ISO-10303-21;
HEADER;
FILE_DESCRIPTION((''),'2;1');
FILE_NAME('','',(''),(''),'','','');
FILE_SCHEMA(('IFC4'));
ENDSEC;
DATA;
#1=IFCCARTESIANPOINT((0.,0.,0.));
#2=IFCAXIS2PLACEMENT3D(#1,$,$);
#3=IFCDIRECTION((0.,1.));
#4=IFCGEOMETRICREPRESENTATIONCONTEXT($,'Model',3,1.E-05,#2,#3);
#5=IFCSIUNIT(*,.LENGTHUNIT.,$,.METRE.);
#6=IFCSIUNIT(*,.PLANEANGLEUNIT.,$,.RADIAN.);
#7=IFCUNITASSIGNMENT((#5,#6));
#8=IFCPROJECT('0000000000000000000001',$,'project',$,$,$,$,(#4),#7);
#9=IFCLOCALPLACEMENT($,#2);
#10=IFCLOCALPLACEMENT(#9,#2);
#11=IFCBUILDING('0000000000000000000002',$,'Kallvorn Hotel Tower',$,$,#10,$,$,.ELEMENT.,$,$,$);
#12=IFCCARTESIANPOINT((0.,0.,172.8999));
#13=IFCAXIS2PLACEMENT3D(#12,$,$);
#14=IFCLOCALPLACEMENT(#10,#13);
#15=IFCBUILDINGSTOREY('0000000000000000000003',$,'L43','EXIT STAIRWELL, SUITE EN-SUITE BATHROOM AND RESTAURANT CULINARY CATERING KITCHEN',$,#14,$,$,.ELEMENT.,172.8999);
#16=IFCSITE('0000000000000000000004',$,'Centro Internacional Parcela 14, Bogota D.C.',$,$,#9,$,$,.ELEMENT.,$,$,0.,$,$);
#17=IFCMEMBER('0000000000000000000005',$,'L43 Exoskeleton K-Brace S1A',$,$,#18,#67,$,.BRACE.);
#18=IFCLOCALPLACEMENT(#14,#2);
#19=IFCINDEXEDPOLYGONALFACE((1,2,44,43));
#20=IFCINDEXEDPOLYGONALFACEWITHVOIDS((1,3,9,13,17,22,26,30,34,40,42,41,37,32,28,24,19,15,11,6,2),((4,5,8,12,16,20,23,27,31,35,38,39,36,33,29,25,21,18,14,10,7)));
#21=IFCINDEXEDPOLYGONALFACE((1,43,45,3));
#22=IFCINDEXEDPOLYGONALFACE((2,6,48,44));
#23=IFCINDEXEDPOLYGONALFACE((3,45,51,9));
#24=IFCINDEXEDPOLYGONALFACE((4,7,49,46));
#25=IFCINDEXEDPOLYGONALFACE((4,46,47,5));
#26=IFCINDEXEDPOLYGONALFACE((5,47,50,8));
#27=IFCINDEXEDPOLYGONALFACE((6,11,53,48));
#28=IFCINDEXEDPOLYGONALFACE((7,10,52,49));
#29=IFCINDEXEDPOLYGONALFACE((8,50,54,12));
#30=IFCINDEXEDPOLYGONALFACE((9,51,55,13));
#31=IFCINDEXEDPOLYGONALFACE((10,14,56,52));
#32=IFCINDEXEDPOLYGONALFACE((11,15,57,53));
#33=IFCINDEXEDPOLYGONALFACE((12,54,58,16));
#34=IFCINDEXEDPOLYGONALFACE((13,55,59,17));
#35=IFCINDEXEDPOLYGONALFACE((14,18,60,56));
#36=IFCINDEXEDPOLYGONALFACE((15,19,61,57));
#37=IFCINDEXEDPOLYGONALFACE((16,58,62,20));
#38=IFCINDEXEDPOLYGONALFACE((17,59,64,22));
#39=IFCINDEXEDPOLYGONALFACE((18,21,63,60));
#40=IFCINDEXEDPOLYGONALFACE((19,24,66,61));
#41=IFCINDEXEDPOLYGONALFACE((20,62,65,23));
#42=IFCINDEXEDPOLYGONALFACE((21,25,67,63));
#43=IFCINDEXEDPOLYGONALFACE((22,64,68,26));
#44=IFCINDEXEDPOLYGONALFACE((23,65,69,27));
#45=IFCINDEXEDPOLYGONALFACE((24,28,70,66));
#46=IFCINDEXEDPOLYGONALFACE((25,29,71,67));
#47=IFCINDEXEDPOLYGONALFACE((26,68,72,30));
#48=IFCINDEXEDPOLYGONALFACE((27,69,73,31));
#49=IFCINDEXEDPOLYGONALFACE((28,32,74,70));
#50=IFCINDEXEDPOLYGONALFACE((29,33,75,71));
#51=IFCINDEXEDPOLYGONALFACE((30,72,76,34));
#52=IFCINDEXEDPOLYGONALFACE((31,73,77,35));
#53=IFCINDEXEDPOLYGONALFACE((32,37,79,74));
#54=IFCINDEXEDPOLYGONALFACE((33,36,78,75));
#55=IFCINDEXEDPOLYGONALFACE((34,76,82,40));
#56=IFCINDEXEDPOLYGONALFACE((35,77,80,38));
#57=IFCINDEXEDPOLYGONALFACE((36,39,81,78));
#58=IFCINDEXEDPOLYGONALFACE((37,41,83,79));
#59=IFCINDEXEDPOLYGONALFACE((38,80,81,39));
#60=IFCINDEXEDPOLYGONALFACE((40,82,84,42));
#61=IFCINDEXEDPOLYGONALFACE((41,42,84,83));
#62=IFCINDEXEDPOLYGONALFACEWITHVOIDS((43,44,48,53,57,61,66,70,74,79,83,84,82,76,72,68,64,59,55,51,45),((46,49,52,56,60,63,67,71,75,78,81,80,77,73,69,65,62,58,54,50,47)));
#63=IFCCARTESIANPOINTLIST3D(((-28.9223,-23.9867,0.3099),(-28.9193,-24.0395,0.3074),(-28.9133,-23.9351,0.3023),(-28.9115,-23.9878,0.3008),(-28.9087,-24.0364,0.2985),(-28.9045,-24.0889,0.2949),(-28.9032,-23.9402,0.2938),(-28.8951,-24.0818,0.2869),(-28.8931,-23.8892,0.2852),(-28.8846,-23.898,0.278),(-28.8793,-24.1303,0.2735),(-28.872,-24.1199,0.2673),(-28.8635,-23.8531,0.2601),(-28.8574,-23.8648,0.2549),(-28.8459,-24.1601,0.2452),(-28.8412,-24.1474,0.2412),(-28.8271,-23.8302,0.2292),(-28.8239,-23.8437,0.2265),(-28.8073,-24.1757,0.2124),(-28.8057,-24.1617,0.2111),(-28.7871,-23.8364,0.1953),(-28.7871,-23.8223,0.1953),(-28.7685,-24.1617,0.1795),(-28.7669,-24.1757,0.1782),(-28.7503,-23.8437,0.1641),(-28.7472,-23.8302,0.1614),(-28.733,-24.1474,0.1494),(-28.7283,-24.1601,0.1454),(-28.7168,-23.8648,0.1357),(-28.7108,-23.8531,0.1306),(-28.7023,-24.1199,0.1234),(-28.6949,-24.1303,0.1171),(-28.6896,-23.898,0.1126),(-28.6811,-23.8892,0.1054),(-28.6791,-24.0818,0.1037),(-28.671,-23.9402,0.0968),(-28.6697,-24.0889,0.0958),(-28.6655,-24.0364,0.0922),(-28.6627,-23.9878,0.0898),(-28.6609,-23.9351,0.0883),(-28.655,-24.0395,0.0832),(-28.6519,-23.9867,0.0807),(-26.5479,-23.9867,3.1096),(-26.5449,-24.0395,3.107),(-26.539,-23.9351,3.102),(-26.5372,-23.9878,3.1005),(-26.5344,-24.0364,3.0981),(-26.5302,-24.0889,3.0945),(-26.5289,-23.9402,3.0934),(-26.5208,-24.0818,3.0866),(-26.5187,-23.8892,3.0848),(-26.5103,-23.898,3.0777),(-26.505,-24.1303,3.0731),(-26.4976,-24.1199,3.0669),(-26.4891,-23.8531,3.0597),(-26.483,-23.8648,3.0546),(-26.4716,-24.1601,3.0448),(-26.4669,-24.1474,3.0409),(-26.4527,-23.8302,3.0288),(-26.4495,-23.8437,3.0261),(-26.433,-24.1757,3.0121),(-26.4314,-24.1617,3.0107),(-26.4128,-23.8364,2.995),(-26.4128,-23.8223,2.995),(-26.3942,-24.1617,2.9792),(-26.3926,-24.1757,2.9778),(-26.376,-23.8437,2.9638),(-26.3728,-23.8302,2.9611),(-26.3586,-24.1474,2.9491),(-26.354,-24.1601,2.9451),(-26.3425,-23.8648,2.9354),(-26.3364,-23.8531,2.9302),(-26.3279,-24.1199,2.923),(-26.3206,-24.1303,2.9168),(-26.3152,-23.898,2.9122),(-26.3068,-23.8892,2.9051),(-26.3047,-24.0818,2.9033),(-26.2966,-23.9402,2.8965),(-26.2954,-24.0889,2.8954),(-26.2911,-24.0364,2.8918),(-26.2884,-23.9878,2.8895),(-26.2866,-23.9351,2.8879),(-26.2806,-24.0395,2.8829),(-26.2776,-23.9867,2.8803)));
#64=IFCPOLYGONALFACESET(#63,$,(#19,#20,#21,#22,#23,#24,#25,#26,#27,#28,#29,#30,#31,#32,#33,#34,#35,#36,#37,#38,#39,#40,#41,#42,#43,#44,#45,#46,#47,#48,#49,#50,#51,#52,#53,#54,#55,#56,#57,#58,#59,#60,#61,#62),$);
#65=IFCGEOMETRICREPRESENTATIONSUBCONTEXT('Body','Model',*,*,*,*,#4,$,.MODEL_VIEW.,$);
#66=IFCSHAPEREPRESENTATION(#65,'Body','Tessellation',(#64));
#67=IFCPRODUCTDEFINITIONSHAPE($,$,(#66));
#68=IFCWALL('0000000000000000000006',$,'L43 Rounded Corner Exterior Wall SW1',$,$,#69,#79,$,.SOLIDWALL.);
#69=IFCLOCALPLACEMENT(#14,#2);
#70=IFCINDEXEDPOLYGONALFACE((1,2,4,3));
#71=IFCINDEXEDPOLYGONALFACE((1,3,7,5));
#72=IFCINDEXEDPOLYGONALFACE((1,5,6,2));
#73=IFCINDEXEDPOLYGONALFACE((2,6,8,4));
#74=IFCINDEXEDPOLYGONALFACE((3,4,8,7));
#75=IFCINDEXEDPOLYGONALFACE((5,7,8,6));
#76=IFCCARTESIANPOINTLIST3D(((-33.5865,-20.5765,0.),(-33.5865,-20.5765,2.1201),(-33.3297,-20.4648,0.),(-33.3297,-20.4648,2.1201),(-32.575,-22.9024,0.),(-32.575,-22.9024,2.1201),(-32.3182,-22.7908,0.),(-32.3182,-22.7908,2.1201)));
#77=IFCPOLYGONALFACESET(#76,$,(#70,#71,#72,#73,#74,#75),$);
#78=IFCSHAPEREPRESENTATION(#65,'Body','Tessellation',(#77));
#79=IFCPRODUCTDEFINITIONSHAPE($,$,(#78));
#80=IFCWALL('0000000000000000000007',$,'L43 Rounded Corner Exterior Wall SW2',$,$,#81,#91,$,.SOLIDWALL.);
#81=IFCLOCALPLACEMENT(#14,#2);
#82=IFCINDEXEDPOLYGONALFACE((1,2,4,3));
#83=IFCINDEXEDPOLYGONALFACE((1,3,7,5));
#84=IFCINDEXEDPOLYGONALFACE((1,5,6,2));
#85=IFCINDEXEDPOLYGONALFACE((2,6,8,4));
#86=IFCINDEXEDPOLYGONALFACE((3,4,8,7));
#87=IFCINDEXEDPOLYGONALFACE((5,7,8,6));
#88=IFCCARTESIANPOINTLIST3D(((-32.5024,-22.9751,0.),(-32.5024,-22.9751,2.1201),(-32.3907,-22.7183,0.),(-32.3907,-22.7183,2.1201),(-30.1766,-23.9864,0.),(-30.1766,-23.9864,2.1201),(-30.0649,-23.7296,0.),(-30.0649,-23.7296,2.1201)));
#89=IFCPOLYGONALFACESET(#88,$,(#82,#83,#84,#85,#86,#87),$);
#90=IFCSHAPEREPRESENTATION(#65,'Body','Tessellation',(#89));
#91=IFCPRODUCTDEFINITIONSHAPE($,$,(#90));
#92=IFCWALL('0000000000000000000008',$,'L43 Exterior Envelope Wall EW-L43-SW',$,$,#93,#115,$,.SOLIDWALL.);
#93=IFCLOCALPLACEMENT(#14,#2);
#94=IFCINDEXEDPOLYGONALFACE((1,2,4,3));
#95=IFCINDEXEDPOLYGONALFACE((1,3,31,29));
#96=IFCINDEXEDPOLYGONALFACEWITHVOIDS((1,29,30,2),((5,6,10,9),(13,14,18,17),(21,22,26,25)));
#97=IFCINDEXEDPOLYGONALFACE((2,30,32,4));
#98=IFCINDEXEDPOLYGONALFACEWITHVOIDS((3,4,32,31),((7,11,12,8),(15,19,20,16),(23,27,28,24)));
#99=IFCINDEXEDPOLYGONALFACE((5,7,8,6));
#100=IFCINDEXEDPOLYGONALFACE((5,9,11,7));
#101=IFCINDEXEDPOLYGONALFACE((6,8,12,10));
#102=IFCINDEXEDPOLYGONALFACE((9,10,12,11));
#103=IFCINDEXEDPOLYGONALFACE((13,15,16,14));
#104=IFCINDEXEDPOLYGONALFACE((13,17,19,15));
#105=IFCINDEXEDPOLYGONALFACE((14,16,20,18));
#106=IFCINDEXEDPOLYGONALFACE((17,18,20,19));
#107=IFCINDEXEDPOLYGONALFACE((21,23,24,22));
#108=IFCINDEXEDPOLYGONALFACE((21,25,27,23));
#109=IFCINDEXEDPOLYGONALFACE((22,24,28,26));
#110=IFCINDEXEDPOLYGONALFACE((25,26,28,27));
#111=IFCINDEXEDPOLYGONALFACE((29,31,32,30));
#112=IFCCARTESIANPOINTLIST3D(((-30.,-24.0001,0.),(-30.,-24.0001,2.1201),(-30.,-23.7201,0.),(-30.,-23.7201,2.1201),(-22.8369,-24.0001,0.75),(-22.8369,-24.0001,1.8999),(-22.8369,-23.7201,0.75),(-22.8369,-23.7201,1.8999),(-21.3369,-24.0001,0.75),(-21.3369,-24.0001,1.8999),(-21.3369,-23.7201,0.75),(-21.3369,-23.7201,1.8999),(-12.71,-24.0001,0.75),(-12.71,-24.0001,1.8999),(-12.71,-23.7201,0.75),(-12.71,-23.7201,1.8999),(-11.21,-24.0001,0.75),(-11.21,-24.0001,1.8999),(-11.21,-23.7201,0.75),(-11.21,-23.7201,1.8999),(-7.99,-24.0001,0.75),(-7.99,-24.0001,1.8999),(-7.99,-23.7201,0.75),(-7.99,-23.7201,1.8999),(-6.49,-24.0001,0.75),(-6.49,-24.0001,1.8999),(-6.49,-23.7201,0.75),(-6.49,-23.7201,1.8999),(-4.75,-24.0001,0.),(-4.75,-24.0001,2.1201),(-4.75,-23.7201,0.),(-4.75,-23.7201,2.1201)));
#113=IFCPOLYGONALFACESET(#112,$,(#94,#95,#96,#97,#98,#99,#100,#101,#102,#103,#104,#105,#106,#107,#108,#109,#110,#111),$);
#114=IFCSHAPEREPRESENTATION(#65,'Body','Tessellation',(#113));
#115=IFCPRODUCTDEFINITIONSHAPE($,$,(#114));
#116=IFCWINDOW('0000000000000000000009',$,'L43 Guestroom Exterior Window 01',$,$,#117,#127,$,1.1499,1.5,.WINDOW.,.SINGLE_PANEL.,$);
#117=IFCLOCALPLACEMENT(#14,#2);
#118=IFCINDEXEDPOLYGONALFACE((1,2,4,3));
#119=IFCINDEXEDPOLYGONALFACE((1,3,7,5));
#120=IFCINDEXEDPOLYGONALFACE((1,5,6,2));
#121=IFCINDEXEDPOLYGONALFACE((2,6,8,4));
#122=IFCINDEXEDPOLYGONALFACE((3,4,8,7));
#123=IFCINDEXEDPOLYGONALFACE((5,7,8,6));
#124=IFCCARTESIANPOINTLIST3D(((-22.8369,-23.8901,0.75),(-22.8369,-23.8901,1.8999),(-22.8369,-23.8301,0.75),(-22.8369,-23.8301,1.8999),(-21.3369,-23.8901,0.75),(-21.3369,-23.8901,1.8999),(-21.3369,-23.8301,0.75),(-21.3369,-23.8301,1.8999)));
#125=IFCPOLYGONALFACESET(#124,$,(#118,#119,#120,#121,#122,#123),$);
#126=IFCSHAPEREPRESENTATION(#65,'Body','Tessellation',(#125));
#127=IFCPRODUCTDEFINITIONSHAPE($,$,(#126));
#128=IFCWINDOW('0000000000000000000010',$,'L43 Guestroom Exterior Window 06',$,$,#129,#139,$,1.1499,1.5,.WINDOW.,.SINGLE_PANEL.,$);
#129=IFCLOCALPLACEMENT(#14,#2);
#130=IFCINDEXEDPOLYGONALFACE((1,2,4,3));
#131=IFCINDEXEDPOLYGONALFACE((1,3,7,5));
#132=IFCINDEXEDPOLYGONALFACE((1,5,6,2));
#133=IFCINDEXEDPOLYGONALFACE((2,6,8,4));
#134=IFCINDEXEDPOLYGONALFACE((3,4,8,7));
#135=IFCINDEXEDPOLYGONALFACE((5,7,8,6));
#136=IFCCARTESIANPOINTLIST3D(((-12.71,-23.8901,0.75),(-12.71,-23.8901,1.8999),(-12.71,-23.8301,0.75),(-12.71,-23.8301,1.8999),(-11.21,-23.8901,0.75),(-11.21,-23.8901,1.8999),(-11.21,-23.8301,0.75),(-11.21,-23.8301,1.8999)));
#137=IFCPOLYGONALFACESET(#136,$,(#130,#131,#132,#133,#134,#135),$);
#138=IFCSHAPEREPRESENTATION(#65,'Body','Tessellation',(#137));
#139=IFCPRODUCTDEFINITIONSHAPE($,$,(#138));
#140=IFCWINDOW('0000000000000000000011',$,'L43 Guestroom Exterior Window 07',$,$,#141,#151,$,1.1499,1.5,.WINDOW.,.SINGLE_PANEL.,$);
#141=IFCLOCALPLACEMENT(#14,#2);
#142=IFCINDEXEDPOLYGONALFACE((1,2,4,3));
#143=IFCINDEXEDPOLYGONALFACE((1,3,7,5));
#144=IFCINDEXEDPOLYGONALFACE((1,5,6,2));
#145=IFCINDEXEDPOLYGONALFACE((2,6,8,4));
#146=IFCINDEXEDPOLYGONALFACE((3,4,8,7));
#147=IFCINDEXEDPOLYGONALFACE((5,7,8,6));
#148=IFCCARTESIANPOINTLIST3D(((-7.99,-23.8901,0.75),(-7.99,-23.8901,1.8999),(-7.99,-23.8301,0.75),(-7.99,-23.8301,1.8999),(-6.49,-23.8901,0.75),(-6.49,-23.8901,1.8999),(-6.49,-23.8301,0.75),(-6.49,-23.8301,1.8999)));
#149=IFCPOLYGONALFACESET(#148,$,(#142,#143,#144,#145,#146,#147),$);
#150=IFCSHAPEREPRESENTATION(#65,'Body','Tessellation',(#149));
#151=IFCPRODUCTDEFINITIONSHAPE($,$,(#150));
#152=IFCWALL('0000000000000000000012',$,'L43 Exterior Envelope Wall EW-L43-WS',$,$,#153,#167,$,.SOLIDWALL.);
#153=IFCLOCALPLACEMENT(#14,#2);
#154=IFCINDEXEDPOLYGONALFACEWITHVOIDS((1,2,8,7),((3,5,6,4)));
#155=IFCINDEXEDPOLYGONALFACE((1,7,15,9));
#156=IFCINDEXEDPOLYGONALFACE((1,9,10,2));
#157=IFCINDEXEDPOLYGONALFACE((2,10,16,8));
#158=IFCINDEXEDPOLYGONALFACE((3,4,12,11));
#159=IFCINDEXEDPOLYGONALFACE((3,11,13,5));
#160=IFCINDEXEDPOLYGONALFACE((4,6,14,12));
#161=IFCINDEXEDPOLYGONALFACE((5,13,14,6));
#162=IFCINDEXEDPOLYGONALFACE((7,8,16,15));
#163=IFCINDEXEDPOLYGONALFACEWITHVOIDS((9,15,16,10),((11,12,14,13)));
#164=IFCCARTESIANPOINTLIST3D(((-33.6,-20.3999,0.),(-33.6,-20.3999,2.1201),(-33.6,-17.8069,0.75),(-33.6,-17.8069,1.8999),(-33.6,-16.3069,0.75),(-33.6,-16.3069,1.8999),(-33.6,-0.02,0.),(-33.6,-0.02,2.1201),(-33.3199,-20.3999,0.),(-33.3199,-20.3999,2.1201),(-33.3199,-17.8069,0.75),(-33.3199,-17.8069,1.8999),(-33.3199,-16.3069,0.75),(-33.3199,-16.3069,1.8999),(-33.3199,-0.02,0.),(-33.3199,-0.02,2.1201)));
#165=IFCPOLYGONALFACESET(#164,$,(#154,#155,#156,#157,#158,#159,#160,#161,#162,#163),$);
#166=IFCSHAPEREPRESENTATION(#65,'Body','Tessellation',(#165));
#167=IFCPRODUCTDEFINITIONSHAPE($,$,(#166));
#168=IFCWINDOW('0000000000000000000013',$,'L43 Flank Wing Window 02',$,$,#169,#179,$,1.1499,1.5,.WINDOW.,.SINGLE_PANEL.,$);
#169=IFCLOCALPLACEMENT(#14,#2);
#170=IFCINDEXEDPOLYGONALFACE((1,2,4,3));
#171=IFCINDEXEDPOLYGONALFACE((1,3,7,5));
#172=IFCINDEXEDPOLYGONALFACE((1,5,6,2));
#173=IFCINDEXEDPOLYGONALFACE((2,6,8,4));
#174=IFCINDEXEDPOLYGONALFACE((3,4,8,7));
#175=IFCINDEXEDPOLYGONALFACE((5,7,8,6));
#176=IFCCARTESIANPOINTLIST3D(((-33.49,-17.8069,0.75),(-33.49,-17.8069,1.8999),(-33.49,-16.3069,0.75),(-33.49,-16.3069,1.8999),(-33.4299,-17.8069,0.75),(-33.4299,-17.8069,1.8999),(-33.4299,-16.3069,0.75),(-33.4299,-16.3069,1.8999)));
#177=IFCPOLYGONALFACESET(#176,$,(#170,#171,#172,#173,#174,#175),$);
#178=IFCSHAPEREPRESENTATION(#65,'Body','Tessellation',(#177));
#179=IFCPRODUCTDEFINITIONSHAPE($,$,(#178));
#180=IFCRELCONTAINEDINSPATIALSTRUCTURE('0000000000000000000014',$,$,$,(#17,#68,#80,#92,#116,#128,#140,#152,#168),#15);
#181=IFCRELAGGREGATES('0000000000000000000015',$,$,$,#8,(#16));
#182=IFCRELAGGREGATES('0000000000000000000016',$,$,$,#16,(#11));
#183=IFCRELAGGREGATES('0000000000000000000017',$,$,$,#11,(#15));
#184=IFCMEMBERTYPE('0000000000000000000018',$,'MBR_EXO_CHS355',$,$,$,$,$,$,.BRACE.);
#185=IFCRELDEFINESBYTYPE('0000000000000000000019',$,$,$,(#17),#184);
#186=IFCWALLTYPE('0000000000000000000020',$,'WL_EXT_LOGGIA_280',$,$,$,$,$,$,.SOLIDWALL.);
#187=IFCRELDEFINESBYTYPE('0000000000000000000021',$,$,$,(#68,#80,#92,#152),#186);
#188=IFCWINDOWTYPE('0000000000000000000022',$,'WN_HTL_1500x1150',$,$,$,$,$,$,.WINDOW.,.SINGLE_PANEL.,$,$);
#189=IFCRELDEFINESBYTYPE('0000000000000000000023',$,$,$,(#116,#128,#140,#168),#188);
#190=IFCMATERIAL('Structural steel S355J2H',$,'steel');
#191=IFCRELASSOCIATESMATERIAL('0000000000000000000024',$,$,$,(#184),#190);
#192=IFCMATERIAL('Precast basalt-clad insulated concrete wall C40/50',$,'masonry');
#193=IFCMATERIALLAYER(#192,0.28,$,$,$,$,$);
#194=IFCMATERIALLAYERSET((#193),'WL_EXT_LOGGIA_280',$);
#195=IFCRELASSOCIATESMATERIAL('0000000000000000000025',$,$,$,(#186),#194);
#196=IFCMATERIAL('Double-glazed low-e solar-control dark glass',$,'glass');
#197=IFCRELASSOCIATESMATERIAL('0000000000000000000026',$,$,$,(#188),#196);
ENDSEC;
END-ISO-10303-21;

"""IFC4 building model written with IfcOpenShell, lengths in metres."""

from ifc_helpers import new_model, si_unit, direction, frame, frame_2d, origin, origin_2d, place, context, subcontext, project, spatial, rectangle, hollow_circle, extrude, material, layer, layer_set, material_profile, profile_set, type_object, element, fill, save


model = new_model("IFC4")

# Units and contexts
model_context = context("Model", 3, precision=1e-05, world=origin(), true_north=direction((0.0, 1.0)))
body_context = subcontext(model_context, "Body", "Model", "MODEL_VIEW")
ifc_project = project(units=[si_unit("LENGTHUNIT", "METRE"), si_unit("PLANEANGLEUNIT", "RADIAN")], contexts=[model_context])

# Site, building, storey
site_placement = place(None, origin())
site = spatial("IfcSite", under=ifc_project, at=site_placement, Name="Centro Internacional Parcela 14, Bogota D.C.", CompositionType="ELEMENT", RefElevation=0.0)
building_placement = place(site_placement, origin())
building = spatial("IfcBuilding", under=site, at=building_placement, Name="Kallvorn Hotel Tower", CompositionType="ELEMENT")
storey_placement = place(building_placement, frame((0.0, 0.0, 172.8999)))
storey = spatial("IfcBuildingStorey", under=building, at=storey_placement, Name="L43", Description="EXIT STAIRWELL, SUITE EN-SUITE BATHROOM AND RESTAURANT CULINARY CATERING KITCHEN", CompositionType="ELEMENT", Elevation=172.8999)

# Member
ifc_material_1 = material(Name="Structural steel S355J2H", Category="steel")
ifc_material_profile_1 = material_profile(ifc_material_1, hollow_circle(Radius=0.1777, WallThickness=0.0142, at=origin_2d()), Name="CHS 355.6x14.2")
ifc_profile_set_1 = profile_set([ifc_material_profile_1], Name="Structural steel S355J2H")
member_type = type_object("IfcMemberType", Name="MBR_EXO_CHS355", PredefinedType="BRACE", material=ifc_profile_set_1)
member_placement = place(storey_placement, frame((-28.7871, -24.0, 0.1953), z_axis=(0.6468, 0.0, 0.762659), x_axis=(0.0, 1.0, 0.0)))
element("IfcMember", 1, at=member_placement, inside=storey, type_object=member_type, Name="L43 Exoskeleton K-Brace S1A", PredefinedType="BRACE", context=body_context, shape_type="SweptSolid", body=[
    extrude(hollow_circle(Radius=0.1777, WallThickness=0.0142, at=origin_2d()), origin(), (0.0, 0.0, 1.0), 3.6709),
])

# Walls
ifc_material_2 = material(Name="Precast basalt-clad insulated concrete wall C40/50", Category="masonry")
ifc_layer = layer(ifc_material_2, 0.28)
ifc_layer_set = layer_set([ifc_layer], Name="WL_EXT_LOGGIA_280")
wall_type = type_object("IfcWallType", Name="WL_EXT_LOGGIA_280", PredefinedType="SOLIDWALL", material=ifc_layer_set)
wall_1_placement = place(storey_placement, frame((-33.458, -20.5208, 0.0), z_axis=(0.0, 0.0, 1.0), x_axis=(0.398793, -0.917041, 0.0)))
element("IfcWall", 2, at=wall_1_placement, inside=storey, type_object=wall_type, Name="L43 Rounded Corner Exterior Wall SW1", PredefinedType="SOLIDWALL", context=body_context, shape_type="SweptSolid", body=[
    extrude(rectangle(XDim=2.5364, YDim=0.28, at=frame_2d((1.2681, 0.0))), origin(), (0.0, 0.0, 1.0), 2.1201),
])
wall_2_placement = place(storey_placement, frame((-32.4465, -22.8467, 0.0), z_axis=(0.0, 0.0, 1.0), x_axis=(0.917061, -0.398747, 0.0)))
element("IfcWall", 3, at=wall_2_placement, inside=storey, type_object=wall_type, Name="L43 Rounded Corner Exterior Wall SW2", PredefinedType="SOLIDWALL", context=body_context, shape_type="SweptSolid", body=[
    extrude(rectangle(XDim=2.5361, YDim=0.28, at=frame_2d((1.2681, 0.0))), origin(), (0.0, 0.0, 1.0), 2.1201),
])

# Wall, openings, windows
wall_3_placement = place(storey_placement, frame((-30.0, -23.8601, 0.0), z_axis=(0.0, 0.0, 1.0), x_axis=(1.0, 0.0, 0.0)))
wall_3 = element("IfcWall", 4, at=wall_3_placement, inside=storey, type_object=wall_type, Name="L43 Exterior Envelope Wall EW-L43-SW", PredefinedType="SOLIDWALL", context=body_context, shape_type="SweptSolid", body=[
    extrude(rectangle(XDim=25.25, YDim=0.28, at=frame_2d((12.625, 0.0))), origin(), (0.0, 0.0, 1.0), 2.1201),
])
opening_1_placement = place(wall_3_placement, frame((7.1631, 0.0, 0.75)))
opening_1 = element("IfcOpeningElement", 5, at=opening_1_placement, cuts=wall_3, PredefinedType="OPENING", context=body_context, shape_type="SweptSolid", body=[
    extrude(rectangle(XDim=1.5, YDim=1.1499, at=frame_2d((0.75, 0.575))), frame((0.0, 0.155, 0.0), z_axis=(0.0, -1.0, 0.0), x_axis=(1.0, 0.0, 0.0)), (0.0, 0.0, 1.0), 0.3101),
])
opening_2_placement = place(wall_3_placement, frame((17.29, 0.0, 0.75)))
opening_2 = element("IfcOpeningElement", 6, at=opening_2_placement, cuts=wall_3, PredefinedType="OPENING", context=body_context, shape_type="SweptSolid", body=[
    extrude(rectangle(XDim=1.5, YDim=1.1499, at=frame_2d((0.75, 0.575))), frame((0.0, 0.155, 0.0), z_axis=(0.0, -1.0, 0.0), x_axis=(1.0, 0.0, 0.0)), (0.0, 0.0, 1.0), 0.3101),
])
opening_3_placement = place(wall_3_placement, frame((22.01, 0.0, 0.75)))
opening_3 = element("IfcOpeningElement", 7, at=opening_3_placement, cuts=wall_3, PredefinedType="OPENING", context=body_context, shape_type="SweptSolid", body=[
    extrude(rectangle(XDim=1.5, YDim=1.1499, at=frame_2d((0.75, 0.575))), frame((0.0, 0.155, 0.0), z_axis=(0.0, -1.0, 0.0), x_axis=(1.0, 0.0, 0.0)), (0.0, 0.0, 1.0), 0.3101),
])
ifc_material_3 = material(Name="Double-glazed low-e solar-control dark glass", Category="glass")
window_type = type_object("IfcWindowType", Name="WN_HTL_1500x1150", PartitioningType="SINGLE_PANEL", PredefinedType="WINDOW", material=ifc_material_3)
window_1_placement = place(opening_1_placement, origin())
window_1 = element("IfcWindow", 8, at=window_1_placement, inside=storey, type_object=window_type, Name="L43 Guestroom Exterior Window 01", OverallHeight=1.1499, OverallWidth=1.5, PartitioningType="SINGLE_PANEL", PredefinedType="WINDOW", context=body_context, shape_type="SweptSolid", body=[
    extrude(rectangle(XDim=1.5, YDim=1.1499, at=frame_2d((0.75, 0.575))), frame((0.0, 0.03, 0.0), z_axis=(0.0, -1.0, 0.0), x_axis=(1.0, 0.0, 0.0)), (0.0, 0.0, 1.0), 0.0601),
])
fill(opening_1, window_1)
window_2_placement = place(opening_2_placement, origin())
window_2 = element("IfcWindow", 9, at=window_2_placement, inside=storey, type_object=window_type, Name="L43 Guestroom Exterior Window 06", OverallHeight=1.1499, OverallWidth=1.5, PartitioningType="SINGLE_PANEL", PredefinedType="WINDOW", context=body_context, shape_type="SweptSolid", body=[
    extrude(rectangle(XDim=1.5, YDim=1.1499, at=frame_2d((0.75, 0.575))), frame((0.0, 0.03, 0.0), z_axis=(0.0, -1.0, 0.0), x_axis=(1.0, 0.0, 0.0)), (0.0, 0.0, 1.0), 0.0601),
])
fill(opening_2, window_2)
window_3_placement = place(opening_3_placement, origin())
window_3 = element("IfcWindow", 10, at=window_3_placement, inside=storey, type_object=window_type, Name="L43 Guestroom Exterior Window 07", OverallHeight=1.1499, OverallWidth=1.5, PartitioningType="SINGLE_PANEL", PredefinedType="WINDOW", context=body_context, shape_type="SweptSolid", body=[
    extrude(rectangle(XDim=1.5, YDim=1.1499, at=frame_2d((0.75, 0.575))), frame((0.0, 0.03, 0.0), z_axis=(0.0, -1.0, 0.0), x_axis=(1.0, 0.0, 0.0)), (0.0, 0.0, 1.0), 0.0601),
])
fill(opening_3, window_3)

# Wall, opening, window
wall_4_placement = place(storey_placement, frame((-33.46, -20.3999, 0.0), z_axis=(0.0, 0.0, 1.0), x_axis=(0.0, 1.0, 0.0)))
wall_4 = element("IfcWall", 11, at=wall_4_placement, inside=storey, type_object=wall_type, Name="L43 Exterior Envelope Wall EW-L43-WS", PredefinedType="SOLIDWALL", context=body_context, shape_type="SweptSolid", body=[
    extrude(rectangle(XDim=20.3799, YDim=0.28, at=frame_2d((10.1899, 0.0))), origin(), (0.0, 0.0, 1.0), 2.1201),
])
opening_4_placement = place(wall_4_placement, frame((2.593, 0.0, 0.75)))
opening_4 = element("IfcOpeningElement", 12, at=opening_4_placement, cuts=wall_4, PredefinedType="OPENING", context=body_context, shape_type="SweptSolid", body=[
    extrude(rectangle(XDim=1.5, YDim=1.1499, at=frame_2d((0.75, 0.575))), frame((0.0, 0.155, 0.0), z_axis=(0.0, -1.0, 0.0), x_axis=(1.0, 0.0, 0.0)), (0.0, 0.0, 1.0), 0.3101),
])
window_4_placement = place(opening_4_placement, origin())
window_4 = element("IfcWindow", 13, at=window_4_placement, inside=storey, type_object=window_type, Name="L43 Flank Wing Window 02", OverallHeight=1.1499, OverallWidth=1.5, PartitioningType="SINGLE_PANEL", PredefinedType="WINDOW", context=body_context, shape_type="SweptSolid", body=[
    extrude(rectangle(XDim=1.5, YDim=1.1499, at=frame_2d((0.75, 0.575))), frame((0.0, 0.03, 0.0), z_axis=(0.0, -1.0, 0.0), x_axis=(1.0, 0.0, 0.0)), (0.0, 0.0, 1.0), 0.0601),
])
fill(opening_4, window_4)

save(model, "model.ifc")
